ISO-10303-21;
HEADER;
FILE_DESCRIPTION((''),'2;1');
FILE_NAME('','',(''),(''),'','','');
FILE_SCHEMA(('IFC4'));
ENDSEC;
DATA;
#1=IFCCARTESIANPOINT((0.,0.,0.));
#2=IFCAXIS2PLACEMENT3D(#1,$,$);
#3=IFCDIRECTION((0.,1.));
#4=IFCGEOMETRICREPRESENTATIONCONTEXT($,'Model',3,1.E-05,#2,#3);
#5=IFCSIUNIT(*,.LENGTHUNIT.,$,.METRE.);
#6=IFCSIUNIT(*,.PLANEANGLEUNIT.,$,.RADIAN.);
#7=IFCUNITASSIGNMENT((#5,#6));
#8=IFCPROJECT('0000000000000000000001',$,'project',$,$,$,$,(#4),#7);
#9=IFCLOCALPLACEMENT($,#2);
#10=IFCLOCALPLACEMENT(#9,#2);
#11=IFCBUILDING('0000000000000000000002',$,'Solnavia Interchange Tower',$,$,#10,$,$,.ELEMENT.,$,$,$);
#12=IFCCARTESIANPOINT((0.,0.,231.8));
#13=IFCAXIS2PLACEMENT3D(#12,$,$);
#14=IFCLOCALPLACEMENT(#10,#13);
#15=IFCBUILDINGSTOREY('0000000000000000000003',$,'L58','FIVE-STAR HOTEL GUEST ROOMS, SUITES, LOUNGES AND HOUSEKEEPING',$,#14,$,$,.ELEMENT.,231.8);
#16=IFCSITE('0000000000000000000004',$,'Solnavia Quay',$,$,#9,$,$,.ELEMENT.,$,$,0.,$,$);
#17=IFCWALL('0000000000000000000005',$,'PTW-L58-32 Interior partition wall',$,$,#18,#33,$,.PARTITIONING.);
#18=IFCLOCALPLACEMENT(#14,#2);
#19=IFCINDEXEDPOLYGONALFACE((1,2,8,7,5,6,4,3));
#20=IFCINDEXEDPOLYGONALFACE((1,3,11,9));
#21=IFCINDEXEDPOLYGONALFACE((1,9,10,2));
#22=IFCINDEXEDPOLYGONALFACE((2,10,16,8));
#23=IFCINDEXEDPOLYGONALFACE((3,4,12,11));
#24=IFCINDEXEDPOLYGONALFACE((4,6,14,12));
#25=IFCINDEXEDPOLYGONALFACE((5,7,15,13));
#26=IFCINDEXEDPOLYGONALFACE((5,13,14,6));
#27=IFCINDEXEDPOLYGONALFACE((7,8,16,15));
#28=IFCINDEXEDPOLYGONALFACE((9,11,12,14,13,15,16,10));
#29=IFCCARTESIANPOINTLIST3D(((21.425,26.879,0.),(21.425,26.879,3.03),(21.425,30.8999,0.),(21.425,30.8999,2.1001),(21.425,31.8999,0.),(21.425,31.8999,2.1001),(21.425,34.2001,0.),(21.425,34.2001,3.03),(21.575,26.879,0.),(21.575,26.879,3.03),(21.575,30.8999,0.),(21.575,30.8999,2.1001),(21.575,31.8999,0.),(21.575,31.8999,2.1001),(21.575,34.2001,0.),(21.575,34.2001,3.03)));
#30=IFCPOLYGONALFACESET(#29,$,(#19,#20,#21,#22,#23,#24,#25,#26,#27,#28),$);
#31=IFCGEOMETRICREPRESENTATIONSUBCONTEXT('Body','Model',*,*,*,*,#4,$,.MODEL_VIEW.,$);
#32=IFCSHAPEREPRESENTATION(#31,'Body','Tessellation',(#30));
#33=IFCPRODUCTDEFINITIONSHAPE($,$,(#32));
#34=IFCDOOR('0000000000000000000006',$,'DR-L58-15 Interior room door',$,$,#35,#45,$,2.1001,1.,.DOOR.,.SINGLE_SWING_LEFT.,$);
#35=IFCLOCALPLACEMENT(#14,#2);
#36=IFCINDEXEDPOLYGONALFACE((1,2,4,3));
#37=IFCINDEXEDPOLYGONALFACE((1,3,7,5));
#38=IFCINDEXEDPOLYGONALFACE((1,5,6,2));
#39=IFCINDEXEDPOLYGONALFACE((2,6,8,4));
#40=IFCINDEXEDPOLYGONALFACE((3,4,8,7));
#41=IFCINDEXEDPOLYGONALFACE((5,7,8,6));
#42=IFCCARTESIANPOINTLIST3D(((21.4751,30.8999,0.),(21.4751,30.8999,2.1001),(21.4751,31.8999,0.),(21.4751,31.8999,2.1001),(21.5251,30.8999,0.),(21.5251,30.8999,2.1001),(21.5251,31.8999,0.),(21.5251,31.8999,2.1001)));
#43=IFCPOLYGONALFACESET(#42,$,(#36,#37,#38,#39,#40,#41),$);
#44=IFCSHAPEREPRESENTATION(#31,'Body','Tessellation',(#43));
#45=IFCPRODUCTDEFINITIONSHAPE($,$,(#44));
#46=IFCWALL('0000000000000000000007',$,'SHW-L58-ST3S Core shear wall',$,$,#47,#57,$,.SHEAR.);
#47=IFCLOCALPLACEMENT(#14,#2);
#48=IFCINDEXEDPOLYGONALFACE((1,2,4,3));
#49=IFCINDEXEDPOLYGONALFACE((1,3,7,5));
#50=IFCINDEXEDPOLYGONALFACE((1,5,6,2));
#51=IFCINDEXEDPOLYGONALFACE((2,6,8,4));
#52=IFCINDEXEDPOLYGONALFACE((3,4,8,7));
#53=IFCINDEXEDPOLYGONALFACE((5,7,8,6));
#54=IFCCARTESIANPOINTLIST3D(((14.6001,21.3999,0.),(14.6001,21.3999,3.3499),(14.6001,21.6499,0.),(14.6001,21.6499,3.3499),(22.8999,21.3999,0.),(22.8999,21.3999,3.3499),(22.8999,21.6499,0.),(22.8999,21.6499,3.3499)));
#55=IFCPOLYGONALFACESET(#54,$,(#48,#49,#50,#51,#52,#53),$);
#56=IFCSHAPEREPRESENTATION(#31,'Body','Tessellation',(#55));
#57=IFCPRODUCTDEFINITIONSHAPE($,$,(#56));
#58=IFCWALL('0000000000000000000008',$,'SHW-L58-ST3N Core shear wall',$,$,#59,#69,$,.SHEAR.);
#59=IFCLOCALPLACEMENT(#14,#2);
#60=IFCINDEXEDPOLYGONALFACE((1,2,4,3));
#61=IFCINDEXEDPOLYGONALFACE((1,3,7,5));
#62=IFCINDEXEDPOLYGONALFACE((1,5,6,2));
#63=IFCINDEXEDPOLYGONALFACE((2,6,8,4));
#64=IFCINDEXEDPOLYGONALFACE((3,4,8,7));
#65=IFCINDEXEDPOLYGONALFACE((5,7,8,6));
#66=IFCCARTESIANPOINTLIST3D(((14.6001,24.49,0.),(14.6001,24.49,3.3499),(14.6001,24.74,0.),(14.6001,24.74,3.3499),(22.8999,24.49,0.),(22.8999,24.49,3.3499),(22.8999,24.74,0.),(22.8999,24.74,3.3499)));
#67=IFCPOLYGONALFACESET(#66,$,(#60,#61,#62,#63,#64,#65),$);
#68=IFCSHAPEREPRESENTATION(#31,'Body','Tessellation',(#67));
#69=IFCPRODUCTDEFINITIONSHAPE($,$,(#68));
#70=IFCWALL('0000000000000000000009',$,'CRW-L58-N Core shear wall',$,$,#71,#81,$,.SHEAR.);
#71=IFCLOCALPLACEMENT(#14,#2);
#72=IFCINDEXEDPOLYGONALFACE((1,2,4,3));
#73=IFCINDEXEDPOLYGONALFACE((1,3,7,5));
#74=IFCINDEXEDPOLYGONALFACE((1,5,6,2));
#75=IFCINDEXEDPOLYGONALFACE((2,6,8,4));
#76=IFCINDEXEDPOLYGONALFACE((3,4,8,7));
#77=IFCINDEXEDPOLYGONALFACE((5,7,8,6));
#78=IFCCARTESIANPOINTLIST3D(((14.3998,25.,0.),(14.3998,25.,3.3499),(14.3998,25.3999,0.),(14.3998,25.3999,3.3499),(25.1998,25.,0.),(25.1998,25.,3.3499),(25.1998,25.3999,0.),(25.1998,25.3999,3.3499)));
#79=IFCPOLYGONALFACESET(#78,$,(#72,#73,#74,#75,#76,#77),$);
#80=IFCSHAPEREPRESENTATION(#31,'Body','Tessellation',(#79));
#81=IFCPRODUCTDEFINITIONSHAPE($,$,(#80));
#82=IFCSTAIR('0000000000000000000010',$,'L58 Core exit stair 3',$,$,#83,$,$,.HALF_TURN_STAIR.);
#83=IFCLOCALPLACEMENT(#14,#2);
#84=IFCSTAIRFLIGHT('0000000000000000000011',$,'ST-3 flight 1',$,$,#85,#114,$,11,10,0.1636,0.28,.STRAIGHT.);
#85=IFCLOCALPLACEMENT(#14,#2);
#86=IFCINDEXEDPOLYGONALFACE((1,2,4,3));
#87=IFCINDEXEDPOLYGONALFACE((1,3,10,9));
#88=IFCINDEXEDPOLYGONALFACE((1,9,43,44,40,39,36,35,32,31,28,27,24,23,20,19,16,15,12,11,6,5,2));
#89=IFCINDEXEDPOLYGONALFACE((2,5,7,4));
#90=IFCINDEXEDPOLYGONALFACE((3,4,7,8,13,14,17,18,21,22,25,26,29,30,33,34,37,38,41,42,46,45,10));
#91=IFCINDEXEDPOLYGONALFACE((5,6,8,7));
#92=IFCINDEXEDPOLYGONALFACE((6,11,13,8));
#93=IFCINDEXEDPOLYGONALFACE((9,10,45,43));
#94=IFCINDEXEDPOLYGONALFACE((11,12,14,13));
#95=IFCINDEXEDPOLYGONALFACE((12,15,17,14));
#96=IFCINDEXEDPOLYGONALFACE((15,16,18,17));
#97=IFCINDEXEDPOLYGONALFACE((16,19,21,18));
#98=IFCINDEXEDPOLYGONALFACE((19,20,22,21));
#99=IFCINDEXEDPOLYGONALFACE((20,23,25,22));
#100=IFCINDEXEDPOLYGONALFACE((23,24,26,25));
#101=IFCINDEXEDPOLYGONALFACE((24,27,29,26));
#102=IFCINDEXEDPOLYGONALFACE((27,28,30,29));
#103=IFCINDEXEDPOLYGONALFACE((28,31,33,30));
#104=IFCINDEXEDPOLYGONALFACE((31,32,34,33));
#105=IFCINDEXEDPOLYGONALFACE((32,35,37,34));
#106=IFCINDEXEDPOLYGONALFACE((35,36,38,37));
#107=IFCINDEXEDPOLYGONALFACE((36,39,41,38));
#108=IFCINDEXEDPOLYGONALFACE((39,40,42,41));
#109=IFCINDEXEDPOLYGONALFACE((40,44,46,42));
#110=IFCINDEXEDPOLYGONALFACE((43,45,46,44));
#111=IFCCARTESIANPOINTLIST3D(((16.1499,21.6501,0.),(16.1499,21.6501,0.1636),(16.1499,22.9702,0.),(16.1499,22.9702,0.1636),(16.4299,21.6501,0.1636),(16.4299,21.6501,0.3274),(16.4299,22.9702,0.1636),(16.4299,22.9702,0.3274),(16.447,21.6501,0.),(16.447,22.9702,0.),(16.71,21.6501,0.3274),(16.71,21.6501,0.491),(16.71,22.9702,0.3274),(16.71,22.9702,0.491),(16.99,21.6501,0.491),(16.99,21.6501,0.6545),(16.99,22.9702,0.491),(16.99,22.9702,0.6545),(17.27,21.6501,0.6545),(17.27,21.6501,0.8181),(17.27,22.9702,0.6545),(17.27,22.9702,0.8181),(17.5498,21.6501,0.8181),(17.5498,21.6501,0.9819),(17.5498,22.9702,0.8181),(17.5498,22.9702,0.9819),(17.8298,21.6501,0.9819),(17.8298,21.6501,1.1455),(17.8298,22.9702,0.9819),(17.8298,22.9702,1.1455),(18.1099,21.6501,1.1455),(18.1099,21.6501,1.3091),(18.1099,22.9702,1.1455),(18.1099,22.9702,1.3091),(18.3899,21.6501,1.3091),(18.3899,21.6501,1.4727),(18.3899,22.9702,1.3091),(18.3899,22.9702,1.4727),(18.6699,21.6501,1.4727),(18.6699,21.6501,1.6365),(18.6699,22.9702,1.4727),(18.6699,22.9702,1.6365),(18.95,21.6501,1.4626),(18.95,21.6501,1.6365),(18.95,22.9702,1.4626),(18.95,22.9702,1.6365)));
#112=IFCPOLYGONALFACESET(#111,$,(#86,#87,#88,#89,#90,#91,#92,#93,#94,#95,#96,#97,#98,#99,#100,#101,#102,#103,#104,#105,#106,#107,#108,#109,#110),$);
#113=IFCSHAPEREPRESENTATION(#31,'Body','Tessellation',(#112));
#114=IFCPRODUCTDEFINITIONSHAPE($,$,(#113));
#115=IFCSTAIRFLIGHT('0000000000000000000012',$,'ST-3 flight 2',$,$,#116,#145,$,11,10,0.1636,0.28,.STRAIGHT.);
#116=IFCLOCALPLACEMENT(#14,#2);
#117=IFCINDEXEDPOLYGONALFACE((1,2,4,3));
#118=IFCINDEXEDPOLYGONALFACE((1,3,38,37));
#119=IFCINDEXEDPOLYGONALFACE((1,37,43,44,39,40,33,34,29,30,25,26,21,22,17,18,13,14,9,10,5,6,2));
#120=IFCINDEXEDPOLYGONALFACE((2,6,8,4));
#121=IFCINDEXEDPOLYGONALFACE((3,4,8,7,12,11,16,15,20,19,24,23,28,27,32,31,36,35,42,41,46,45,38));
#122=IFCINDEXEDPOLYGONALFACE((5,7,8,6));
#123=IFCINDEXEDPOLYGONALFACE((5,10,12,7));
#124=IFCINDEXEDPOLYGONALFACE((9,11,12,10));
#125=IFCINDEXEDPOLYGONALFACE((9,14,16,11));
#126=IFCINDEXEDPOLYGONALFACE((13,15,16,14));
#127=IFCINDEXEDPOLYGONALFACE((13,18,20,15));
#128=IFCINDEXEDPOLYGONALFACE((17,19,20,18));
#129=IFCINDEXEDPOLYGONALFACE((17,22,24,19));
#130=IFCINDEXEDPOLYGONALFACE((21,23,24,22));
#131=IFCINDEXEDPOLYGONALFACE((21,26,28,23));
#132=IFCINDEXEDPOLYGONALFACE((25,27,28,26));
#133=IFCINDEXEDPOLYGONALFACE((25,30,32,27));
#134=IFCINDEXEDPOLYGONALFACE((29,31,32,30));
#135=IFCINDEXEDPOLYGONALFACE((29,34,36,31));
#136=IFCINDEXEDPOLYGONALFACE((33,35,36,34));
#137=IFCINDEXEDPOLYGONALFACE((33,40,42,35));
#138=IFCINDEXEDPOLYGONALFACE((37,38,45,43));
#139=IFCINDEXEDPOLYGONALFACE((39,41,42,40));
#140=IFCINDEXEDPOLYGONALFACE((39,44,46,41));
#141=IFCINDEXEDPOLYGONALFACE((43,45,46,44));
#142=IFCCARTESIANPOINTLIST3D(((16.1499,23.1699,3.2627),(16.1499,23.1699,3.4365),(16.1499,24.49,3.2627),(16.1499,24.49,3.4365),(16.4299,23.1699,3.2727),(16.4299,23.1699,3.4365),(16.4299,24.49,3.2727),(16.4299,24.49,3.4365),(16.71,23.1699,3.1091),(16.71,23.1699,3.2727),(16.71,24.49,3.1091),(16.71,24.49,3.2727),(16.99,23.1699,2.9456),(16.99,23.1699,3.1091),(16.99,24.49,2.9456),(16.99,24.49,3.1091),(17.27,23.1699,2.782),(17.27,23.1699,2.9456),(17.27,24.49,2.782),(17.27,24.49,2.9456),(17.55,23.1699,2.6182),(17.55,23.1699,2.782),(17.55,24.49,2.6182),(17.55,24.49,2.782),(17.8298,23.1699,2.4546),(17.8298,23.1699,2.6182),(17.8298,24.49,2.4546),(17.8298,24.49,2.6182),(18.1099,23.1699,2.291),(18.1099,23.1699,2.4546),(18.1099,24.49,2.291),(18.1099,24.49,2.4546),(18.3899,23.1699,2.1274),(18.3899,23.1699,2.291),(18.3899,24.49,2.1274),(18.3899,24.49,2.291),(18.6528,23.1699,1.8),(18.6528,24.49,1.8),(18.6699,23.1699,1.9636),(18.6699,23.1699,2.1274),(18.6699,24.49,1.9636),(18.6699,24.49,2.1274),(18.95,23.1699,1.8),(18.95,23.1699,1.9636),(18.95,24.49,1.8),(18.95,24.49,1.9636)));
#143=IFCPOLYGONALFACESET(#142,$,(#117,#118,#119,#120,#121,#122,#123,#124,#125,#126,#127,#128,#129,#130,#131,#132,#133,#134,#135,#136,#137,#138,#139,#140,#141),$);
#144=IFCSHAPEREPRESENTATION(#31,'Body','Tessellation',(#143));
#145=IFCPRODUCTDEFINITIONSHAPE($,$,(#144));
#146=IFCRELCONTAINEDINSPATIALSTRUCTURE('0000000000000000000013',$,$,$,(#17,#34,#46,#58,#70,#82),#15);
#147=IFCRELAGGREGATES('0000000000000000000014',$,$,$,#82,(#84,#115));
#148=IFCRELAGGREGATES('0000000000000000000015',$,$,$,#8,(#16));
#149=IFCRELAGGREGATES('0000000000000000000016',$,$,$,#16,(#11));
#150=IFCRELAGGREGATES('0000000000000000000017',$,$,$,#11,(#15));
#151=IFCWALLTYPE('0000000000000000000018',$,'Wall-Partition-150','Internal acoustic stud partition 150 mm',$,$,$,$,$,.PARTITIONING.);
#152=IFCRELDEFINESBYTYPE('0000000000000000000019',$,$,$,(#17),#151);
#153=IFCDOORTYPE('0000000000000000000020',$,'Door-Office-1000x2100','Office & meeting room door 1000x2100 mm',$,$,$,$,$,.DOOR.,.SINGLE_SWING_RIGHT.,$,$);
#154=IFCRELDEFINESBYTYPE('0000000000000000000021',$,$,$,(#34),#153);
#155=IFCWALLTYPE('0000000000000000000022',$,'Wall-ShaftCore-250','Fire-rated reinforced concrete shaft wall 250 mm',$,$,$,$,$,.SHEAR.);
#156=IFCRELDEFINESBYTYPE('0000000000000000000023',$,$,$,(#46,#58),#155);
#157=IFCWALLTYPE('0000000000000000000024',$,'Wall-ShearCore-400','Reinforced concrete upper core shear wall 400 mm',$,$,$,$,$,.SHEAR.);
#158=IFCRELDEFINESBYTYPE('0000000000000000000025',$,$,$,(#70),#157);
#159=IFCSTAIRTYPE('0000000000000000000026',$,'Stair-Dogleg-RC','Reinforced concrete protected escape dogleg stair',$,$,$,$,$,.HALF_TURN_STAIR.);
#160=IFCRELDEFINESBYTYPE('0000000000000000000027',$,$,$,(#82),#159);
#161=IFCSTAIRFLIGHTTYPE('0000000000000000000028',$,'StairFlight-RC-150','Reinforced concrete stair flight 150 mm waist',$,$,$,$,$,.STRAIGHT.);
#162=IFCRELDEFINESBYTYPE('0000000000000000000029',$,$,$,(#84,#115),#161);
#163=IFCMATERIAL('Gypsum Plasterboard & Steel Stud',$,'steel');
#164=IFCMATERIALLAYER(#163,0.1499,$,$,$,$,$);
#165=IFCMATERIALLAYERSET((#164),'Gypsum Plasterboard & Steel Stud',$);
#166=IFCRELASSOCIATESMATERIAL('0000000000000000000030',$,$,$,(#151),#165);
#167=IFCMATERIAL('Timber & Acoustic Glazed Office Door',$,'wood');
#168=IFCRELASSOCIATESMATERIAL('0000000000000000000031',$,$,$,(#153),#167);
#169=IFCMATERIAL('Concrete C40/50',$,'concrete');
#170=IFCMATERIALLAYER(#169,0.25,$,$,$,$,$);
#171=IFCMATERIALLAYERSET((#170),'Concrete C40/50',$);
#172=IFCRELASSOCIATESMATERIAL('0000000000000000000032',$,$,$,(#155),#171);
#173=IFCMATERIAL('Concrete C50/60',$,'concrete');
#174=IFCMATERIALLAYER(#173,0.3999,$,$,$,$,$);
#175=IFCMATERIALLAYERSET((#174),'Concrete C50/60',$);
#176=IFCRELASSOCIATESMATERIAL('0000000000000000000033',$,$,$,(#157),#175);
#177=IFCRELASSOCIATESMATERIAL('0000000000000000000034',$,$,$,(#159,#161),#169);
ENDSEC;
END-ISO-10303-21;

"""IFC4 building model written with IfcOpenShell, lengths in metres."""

from ifc_helpers import new_model, si_unit, direction, frame, frame_2d, origin, place, context, subcontext, project, spatial, polyline, rectangle, outline, extrude, material, layer, layer_set, type_object, element, fill, aggregate, save


model = new_model("IFC4")

# Units and contexts
model_context = context("Model", 3, precision=1e-05, world=origin(), true_north=direction((0.0, 1.0)))
body_context = subcontext(model_context, "Body", "Model", "MODEL_VIEW")
ifc_project = project(units=[si_unit("LENGTHUNIT", "METRE"), si_unit("PLANEANGLEUNIT", "RADIAN")], contexts=[model_context])

# Site, building, storey
site_placement = place(None, origin())
site = spatial("IfcSite", under=ifc_project, at=site_placement, Name="Solnavia Quay", CompositionType="ELEMENT", RefElevation=0.0)
building_placement = place(site_placement, origin())
building = spatial("IfcBuilding", under=site, at=building_placement, Name="Solnavia Interchange Tower", CompositionType="ELEMENT")
storey_placement = place(building_placement, frame((0.0, 0.0, 231.8)))
storey = spatial("IfcBuildingStorey", under=building, at=storey_placement, Name="L58", Description="FIVE-STAR HOTEL GUEST ROOMS, SUITES, LOUNGES AND HOUSEKEEPING", CompositionType="ELEMENT", Elevation=231.8)

# Shared definitions
ifc_material_1 = material(Name="Concrete C50/60", Category="concrete")

# Shared definitions
ifc_material_2 = material(Name="Concrete C40/50", Category="concrete")

# Shared definitions
ifc_material_3 = material(Name="Gypsum Plasterboard & Steel Stud", Category="steel")
ifc_layer_1 = layer(ifc_material_3, 0.1499)
ifc_layer_set_1 = layer_set([ifc_layer_1], Name="Gypsum Plasterboard & Steel Stud")
wall_type_1 = type_object("IfcWallType", Name="Wall-Partition-150", Description="Internal acoustic stud partition 150 mm", PredefinedType="PARTITIONING", material=ifc_layer_set_1)

# Shared definitions
ifc_material_4 = material(Name="Timber & Acoustic Glazed Office Door", Category="wood")
door_type = type_object("IfcDoorType", Name="Door-Office-1000x2100", Description="Office & meeting room door 1000x2100 mm", OperationType="SINGLE_SWING_RIGHT", PredefinedType="DOOR", material=ifc_material_4)

# Wall, opening, door
wall_1_placement = place(storey_placement, frame((21.5, 26.8789, 0.0), z_axis=(0.0, 0.0, 1.0), x_axis=(0.0, 1.0, 0.0)))
wall_1 = element("IfcWall", 1, at=wall_1_placement, inside=storey, type_object=wall_type_1, Name="PTW-L58-32 Interior partition wall", PredefinedType="PARTITIONING", context=body_context, shape_type="SweptSolid", body=[
    extrude(rectangle(XDim=7.321, YDim=0.1499, at=frame_2d((3.6606, 0.0))), origin(), (0.0, 0.0, 1.0), 3.03),
])
opening_1_placement = place(wall_1_placement, frame((4.021, 0.0, 0.0)))
opening_1 = element("IfcOpeningElement", 2, at=opening_1_placement, cuts=wall_1, PredefinedType="OPENING", context=body_context, shape_type="SweptSolid", body=[
    extrude(rectangle(XDim=1.0, YDim=2.1001, at=frame_2d((0.5, 1.05))), frame((0.0, 0.085, 0.0), z_axis=(0.0, -1.0, 0.0), x_axis=(1.0, 0.0, 0.0)), (0.0, 0.0, 1.0), 0.1699),
])
door_1_placement = place(opening_1_placement, origin())
door_1 = element("IfcDoor", 3, at=door_1_placement, inside=storey, type_object=door_type, Name="DR-L58-15 Interior room door", OperationType="SINGLE_SWING_LEFT", OverallHeight=2.1001, OverallWidth=1.0, PredefinedType="DOOR", context=body_context, shape_type="SweptSolid", body=[
    extrude(rectangle(XDim=1.0, YDim=2.1001, at=frame_2d((0.5, 1.05))), frame((0.0, 0.0249, 0.0), z_axis=(0.0, -1.0, 0.0), x_axis=(1.0, 0.0, 0.0)), (0.0, 0.0, 1.0), 0.05),
])
fill(opening_1, door_1)

# Walls
ifc_layer_2 = layer(ifc_material_2, 0.25)
ifc_layer_set_2 = layer_set([ifc_layer_2], Name="Concrete C40/50")
wall_type_2 = type_object("IfcWallType", Name="Wall-ShaftCore-250", Description="Fire-rated reinforced concrete shaft wall 250 mm", PredefinedType="SHEAR", material=ifc_layer_set_2)
for number, where, z_axis, x_axis, name in (
    (4, (14.6001, 21.5249, 0.0), (0.0, 0.0, 1.0), (1.0, 0.0, 0.0), "SHW-L58-ST3S Core shear wall"),
    (5, (14.6001, 24.615, 0.0), (0.0, 0.0, 1.0), (1.0, 0.0, 0.0), "SHW-L58-ST3N Core shear wall"),
):
    element("IfcWall", number, at=place(storey_placement, frame(where, z_axis=z_axis, x_axis=x_axis)), inside=storey, type_object=wall_type_2, Name=name, PredefinedType="SHEAR", context=body_context, shape_type="SweptSolid", body=[
        extrude(rectangle(XDim=8.2998, YDim=0.25, at=frame_2d((4.1499, 0.0))), origin(), (0.0, 0.0, 1.0), 3.3499),
    ])
ifc_layer_3 = layer(ifc_material_1, 0.3999)
ifc_layer_set_3 = layer_set([ifc_layer_3], Name="Concrete C50/60")
wall_type_3 = type_object("IfcWallType", Name="Wall-ShearCore-400", Description="Reinforced concrete upper core shear wall 400 mm", PredefinedType="SHEAR", material=ifc_layer_set_3)
wall_2_placement = place(storey_placement, frame((14.3999, 25.2, 0.0), z_axis=(0.0, 0.0, 1.0), x_axis=(1.0, 0.0, 0.0)))
element("IfcWall", 6, at=wall_2_placement, inside=storey, type_object=wall_type_3, Name="CRW-L58-N Core shear wall", PredefinedType="SHEAR", context=body_context, shape_type="SweptSolid", body=[
    extrude(rectangle(XDim=10.8, YDim=0.3999, at=frame_2d((5.3999, 0.0))), origin(), (0.0, 0.0, 1.0), 3.3499),
])

# Stair, stair flights
stair_type = type_object("IfcStairType", Name="Stair-Dogleg-RC", Description="Reinforced concrete protected escape dogleg stair", PredefinedType="HALF_TURN_STAIR", material=ifc_material_2)
stair_placement = place(storey_placement, origin())
stair = element("IfcStair", 7, at=stair_placement, inside=storey, type_object=stair_type, Name="L58 Core exit stair 3", PredefinedType="HALF_TURN_STAIR")
stair_flight_type = type_object("IfcStairFlightType", Name="StairFlight-RC-150", Description="Reinforced concrete stair flight 150 mm waist", PredefinedType="STRAIGHT", material=ifc_material_2)
stair_flight_1_placement = place(storey_placement, frame((16.1499, 22.3101, 0.0), z_axis=(0.0, 0.0, 1.0), x_axis=(1.0, 0.0, 0.0)))
stair_flight_1 = element("IfcStairFlight", 8, at=stair_flight_1_placement, type_object=stair_flight_type, Name="ST-3 flight 1", NumberOfRisers=11, NumberOfTreads=10, PredefinedType="STRAIGHT", RiserHeight=0.1636, TreadLength=0.28, context=body_context, shape_type="SweptSolid", body=[
    extrude(outline(polyline([(0.0, 0.0), (0.0, 0.1636), (0.28, 0.1636), (0.28, 0.3274), (0.5601, 0.3274), (0.5601, 0.491), (0.8401, 0.491), (0.8401, 0.6545), (1.1201, 0.6545), (1.1201, 0.8181), (1.3999, 0.8181), (1.3999, 0.9819), (1.6799, 0.9819), (1.6799, 1.1455), (1.96, 1.1455), (1.96, 1.3091), (2.24, 1.3091), (2.24, 1.4727), (2.52, 1.4727), (2.52, 1.6365), (2.8, 1.6365), (2.8, 1.8), (2.8, 1.4626), (0.2971, 0.0), (0.0, 0.0)])), frame((0.0, 0.6602, 0.0), z_axis=(0.0, -1.0, 0.0), x_axis=(1.0, 0.0, 0.0)), (0.0, 0.0, 1.0), 1.3201),
])
stair_flight_2_placement = place(storey_placement, frame((18.95, 23.8301, 1.8), z_axis=(0.0, 0.0, 1.0), x_axis=(-1.0, 0.0, 0.0)))
stair_flight_2 = element("IfcStairFlight", 9, at=stair_flight_2_placement, type_object=stair_flight_type, Name="ST-3 flight 2", NumberOfRisers=11, NumberOfTreads=10, PredefinedType="STRAIGHT", RiserHeight=0.1636, TreadLength=0.28, context=body_context, shape_type="SweptSolid", body=[
    extrude(outline(polyline([(0.0, 0.0), (0.0, 0.1636), (0.28, 0.1636), (0.28, 0.3274), (0.5601, 0.3274), (0.5601, 0.491), (0.8401, 0.491), (0.8401, 0.6545), (1.1201, 0.6545), (1.1201, 0.8181), (1.3999, 0.8181), (1.3999, 0.9819), (1.6799, 0.9819), (1.6799, 1.1455), (1.96, 1.1455), (1.96, 1.3091), (2.24, 1.3091), (2.24, 1.4727), (2.52, 1.4727), (2.52, 1.6365), (2.8, 1.6365), (2.8, 1.8), (2.8, 1.4626), (0.2971, 0.0), (0.0, 0.0)])), frame((0.0, 0.6602, 0.0), z_axis=(0.0, -1.0, 0.0), x_axis=(1.0, 0.0, 0.0)), (0.0, 0.0, 1.0), 1.3201),
])
aggregate(stair, [stair_flight_1, stair_flight_2])

save(model, "model.ifc")
